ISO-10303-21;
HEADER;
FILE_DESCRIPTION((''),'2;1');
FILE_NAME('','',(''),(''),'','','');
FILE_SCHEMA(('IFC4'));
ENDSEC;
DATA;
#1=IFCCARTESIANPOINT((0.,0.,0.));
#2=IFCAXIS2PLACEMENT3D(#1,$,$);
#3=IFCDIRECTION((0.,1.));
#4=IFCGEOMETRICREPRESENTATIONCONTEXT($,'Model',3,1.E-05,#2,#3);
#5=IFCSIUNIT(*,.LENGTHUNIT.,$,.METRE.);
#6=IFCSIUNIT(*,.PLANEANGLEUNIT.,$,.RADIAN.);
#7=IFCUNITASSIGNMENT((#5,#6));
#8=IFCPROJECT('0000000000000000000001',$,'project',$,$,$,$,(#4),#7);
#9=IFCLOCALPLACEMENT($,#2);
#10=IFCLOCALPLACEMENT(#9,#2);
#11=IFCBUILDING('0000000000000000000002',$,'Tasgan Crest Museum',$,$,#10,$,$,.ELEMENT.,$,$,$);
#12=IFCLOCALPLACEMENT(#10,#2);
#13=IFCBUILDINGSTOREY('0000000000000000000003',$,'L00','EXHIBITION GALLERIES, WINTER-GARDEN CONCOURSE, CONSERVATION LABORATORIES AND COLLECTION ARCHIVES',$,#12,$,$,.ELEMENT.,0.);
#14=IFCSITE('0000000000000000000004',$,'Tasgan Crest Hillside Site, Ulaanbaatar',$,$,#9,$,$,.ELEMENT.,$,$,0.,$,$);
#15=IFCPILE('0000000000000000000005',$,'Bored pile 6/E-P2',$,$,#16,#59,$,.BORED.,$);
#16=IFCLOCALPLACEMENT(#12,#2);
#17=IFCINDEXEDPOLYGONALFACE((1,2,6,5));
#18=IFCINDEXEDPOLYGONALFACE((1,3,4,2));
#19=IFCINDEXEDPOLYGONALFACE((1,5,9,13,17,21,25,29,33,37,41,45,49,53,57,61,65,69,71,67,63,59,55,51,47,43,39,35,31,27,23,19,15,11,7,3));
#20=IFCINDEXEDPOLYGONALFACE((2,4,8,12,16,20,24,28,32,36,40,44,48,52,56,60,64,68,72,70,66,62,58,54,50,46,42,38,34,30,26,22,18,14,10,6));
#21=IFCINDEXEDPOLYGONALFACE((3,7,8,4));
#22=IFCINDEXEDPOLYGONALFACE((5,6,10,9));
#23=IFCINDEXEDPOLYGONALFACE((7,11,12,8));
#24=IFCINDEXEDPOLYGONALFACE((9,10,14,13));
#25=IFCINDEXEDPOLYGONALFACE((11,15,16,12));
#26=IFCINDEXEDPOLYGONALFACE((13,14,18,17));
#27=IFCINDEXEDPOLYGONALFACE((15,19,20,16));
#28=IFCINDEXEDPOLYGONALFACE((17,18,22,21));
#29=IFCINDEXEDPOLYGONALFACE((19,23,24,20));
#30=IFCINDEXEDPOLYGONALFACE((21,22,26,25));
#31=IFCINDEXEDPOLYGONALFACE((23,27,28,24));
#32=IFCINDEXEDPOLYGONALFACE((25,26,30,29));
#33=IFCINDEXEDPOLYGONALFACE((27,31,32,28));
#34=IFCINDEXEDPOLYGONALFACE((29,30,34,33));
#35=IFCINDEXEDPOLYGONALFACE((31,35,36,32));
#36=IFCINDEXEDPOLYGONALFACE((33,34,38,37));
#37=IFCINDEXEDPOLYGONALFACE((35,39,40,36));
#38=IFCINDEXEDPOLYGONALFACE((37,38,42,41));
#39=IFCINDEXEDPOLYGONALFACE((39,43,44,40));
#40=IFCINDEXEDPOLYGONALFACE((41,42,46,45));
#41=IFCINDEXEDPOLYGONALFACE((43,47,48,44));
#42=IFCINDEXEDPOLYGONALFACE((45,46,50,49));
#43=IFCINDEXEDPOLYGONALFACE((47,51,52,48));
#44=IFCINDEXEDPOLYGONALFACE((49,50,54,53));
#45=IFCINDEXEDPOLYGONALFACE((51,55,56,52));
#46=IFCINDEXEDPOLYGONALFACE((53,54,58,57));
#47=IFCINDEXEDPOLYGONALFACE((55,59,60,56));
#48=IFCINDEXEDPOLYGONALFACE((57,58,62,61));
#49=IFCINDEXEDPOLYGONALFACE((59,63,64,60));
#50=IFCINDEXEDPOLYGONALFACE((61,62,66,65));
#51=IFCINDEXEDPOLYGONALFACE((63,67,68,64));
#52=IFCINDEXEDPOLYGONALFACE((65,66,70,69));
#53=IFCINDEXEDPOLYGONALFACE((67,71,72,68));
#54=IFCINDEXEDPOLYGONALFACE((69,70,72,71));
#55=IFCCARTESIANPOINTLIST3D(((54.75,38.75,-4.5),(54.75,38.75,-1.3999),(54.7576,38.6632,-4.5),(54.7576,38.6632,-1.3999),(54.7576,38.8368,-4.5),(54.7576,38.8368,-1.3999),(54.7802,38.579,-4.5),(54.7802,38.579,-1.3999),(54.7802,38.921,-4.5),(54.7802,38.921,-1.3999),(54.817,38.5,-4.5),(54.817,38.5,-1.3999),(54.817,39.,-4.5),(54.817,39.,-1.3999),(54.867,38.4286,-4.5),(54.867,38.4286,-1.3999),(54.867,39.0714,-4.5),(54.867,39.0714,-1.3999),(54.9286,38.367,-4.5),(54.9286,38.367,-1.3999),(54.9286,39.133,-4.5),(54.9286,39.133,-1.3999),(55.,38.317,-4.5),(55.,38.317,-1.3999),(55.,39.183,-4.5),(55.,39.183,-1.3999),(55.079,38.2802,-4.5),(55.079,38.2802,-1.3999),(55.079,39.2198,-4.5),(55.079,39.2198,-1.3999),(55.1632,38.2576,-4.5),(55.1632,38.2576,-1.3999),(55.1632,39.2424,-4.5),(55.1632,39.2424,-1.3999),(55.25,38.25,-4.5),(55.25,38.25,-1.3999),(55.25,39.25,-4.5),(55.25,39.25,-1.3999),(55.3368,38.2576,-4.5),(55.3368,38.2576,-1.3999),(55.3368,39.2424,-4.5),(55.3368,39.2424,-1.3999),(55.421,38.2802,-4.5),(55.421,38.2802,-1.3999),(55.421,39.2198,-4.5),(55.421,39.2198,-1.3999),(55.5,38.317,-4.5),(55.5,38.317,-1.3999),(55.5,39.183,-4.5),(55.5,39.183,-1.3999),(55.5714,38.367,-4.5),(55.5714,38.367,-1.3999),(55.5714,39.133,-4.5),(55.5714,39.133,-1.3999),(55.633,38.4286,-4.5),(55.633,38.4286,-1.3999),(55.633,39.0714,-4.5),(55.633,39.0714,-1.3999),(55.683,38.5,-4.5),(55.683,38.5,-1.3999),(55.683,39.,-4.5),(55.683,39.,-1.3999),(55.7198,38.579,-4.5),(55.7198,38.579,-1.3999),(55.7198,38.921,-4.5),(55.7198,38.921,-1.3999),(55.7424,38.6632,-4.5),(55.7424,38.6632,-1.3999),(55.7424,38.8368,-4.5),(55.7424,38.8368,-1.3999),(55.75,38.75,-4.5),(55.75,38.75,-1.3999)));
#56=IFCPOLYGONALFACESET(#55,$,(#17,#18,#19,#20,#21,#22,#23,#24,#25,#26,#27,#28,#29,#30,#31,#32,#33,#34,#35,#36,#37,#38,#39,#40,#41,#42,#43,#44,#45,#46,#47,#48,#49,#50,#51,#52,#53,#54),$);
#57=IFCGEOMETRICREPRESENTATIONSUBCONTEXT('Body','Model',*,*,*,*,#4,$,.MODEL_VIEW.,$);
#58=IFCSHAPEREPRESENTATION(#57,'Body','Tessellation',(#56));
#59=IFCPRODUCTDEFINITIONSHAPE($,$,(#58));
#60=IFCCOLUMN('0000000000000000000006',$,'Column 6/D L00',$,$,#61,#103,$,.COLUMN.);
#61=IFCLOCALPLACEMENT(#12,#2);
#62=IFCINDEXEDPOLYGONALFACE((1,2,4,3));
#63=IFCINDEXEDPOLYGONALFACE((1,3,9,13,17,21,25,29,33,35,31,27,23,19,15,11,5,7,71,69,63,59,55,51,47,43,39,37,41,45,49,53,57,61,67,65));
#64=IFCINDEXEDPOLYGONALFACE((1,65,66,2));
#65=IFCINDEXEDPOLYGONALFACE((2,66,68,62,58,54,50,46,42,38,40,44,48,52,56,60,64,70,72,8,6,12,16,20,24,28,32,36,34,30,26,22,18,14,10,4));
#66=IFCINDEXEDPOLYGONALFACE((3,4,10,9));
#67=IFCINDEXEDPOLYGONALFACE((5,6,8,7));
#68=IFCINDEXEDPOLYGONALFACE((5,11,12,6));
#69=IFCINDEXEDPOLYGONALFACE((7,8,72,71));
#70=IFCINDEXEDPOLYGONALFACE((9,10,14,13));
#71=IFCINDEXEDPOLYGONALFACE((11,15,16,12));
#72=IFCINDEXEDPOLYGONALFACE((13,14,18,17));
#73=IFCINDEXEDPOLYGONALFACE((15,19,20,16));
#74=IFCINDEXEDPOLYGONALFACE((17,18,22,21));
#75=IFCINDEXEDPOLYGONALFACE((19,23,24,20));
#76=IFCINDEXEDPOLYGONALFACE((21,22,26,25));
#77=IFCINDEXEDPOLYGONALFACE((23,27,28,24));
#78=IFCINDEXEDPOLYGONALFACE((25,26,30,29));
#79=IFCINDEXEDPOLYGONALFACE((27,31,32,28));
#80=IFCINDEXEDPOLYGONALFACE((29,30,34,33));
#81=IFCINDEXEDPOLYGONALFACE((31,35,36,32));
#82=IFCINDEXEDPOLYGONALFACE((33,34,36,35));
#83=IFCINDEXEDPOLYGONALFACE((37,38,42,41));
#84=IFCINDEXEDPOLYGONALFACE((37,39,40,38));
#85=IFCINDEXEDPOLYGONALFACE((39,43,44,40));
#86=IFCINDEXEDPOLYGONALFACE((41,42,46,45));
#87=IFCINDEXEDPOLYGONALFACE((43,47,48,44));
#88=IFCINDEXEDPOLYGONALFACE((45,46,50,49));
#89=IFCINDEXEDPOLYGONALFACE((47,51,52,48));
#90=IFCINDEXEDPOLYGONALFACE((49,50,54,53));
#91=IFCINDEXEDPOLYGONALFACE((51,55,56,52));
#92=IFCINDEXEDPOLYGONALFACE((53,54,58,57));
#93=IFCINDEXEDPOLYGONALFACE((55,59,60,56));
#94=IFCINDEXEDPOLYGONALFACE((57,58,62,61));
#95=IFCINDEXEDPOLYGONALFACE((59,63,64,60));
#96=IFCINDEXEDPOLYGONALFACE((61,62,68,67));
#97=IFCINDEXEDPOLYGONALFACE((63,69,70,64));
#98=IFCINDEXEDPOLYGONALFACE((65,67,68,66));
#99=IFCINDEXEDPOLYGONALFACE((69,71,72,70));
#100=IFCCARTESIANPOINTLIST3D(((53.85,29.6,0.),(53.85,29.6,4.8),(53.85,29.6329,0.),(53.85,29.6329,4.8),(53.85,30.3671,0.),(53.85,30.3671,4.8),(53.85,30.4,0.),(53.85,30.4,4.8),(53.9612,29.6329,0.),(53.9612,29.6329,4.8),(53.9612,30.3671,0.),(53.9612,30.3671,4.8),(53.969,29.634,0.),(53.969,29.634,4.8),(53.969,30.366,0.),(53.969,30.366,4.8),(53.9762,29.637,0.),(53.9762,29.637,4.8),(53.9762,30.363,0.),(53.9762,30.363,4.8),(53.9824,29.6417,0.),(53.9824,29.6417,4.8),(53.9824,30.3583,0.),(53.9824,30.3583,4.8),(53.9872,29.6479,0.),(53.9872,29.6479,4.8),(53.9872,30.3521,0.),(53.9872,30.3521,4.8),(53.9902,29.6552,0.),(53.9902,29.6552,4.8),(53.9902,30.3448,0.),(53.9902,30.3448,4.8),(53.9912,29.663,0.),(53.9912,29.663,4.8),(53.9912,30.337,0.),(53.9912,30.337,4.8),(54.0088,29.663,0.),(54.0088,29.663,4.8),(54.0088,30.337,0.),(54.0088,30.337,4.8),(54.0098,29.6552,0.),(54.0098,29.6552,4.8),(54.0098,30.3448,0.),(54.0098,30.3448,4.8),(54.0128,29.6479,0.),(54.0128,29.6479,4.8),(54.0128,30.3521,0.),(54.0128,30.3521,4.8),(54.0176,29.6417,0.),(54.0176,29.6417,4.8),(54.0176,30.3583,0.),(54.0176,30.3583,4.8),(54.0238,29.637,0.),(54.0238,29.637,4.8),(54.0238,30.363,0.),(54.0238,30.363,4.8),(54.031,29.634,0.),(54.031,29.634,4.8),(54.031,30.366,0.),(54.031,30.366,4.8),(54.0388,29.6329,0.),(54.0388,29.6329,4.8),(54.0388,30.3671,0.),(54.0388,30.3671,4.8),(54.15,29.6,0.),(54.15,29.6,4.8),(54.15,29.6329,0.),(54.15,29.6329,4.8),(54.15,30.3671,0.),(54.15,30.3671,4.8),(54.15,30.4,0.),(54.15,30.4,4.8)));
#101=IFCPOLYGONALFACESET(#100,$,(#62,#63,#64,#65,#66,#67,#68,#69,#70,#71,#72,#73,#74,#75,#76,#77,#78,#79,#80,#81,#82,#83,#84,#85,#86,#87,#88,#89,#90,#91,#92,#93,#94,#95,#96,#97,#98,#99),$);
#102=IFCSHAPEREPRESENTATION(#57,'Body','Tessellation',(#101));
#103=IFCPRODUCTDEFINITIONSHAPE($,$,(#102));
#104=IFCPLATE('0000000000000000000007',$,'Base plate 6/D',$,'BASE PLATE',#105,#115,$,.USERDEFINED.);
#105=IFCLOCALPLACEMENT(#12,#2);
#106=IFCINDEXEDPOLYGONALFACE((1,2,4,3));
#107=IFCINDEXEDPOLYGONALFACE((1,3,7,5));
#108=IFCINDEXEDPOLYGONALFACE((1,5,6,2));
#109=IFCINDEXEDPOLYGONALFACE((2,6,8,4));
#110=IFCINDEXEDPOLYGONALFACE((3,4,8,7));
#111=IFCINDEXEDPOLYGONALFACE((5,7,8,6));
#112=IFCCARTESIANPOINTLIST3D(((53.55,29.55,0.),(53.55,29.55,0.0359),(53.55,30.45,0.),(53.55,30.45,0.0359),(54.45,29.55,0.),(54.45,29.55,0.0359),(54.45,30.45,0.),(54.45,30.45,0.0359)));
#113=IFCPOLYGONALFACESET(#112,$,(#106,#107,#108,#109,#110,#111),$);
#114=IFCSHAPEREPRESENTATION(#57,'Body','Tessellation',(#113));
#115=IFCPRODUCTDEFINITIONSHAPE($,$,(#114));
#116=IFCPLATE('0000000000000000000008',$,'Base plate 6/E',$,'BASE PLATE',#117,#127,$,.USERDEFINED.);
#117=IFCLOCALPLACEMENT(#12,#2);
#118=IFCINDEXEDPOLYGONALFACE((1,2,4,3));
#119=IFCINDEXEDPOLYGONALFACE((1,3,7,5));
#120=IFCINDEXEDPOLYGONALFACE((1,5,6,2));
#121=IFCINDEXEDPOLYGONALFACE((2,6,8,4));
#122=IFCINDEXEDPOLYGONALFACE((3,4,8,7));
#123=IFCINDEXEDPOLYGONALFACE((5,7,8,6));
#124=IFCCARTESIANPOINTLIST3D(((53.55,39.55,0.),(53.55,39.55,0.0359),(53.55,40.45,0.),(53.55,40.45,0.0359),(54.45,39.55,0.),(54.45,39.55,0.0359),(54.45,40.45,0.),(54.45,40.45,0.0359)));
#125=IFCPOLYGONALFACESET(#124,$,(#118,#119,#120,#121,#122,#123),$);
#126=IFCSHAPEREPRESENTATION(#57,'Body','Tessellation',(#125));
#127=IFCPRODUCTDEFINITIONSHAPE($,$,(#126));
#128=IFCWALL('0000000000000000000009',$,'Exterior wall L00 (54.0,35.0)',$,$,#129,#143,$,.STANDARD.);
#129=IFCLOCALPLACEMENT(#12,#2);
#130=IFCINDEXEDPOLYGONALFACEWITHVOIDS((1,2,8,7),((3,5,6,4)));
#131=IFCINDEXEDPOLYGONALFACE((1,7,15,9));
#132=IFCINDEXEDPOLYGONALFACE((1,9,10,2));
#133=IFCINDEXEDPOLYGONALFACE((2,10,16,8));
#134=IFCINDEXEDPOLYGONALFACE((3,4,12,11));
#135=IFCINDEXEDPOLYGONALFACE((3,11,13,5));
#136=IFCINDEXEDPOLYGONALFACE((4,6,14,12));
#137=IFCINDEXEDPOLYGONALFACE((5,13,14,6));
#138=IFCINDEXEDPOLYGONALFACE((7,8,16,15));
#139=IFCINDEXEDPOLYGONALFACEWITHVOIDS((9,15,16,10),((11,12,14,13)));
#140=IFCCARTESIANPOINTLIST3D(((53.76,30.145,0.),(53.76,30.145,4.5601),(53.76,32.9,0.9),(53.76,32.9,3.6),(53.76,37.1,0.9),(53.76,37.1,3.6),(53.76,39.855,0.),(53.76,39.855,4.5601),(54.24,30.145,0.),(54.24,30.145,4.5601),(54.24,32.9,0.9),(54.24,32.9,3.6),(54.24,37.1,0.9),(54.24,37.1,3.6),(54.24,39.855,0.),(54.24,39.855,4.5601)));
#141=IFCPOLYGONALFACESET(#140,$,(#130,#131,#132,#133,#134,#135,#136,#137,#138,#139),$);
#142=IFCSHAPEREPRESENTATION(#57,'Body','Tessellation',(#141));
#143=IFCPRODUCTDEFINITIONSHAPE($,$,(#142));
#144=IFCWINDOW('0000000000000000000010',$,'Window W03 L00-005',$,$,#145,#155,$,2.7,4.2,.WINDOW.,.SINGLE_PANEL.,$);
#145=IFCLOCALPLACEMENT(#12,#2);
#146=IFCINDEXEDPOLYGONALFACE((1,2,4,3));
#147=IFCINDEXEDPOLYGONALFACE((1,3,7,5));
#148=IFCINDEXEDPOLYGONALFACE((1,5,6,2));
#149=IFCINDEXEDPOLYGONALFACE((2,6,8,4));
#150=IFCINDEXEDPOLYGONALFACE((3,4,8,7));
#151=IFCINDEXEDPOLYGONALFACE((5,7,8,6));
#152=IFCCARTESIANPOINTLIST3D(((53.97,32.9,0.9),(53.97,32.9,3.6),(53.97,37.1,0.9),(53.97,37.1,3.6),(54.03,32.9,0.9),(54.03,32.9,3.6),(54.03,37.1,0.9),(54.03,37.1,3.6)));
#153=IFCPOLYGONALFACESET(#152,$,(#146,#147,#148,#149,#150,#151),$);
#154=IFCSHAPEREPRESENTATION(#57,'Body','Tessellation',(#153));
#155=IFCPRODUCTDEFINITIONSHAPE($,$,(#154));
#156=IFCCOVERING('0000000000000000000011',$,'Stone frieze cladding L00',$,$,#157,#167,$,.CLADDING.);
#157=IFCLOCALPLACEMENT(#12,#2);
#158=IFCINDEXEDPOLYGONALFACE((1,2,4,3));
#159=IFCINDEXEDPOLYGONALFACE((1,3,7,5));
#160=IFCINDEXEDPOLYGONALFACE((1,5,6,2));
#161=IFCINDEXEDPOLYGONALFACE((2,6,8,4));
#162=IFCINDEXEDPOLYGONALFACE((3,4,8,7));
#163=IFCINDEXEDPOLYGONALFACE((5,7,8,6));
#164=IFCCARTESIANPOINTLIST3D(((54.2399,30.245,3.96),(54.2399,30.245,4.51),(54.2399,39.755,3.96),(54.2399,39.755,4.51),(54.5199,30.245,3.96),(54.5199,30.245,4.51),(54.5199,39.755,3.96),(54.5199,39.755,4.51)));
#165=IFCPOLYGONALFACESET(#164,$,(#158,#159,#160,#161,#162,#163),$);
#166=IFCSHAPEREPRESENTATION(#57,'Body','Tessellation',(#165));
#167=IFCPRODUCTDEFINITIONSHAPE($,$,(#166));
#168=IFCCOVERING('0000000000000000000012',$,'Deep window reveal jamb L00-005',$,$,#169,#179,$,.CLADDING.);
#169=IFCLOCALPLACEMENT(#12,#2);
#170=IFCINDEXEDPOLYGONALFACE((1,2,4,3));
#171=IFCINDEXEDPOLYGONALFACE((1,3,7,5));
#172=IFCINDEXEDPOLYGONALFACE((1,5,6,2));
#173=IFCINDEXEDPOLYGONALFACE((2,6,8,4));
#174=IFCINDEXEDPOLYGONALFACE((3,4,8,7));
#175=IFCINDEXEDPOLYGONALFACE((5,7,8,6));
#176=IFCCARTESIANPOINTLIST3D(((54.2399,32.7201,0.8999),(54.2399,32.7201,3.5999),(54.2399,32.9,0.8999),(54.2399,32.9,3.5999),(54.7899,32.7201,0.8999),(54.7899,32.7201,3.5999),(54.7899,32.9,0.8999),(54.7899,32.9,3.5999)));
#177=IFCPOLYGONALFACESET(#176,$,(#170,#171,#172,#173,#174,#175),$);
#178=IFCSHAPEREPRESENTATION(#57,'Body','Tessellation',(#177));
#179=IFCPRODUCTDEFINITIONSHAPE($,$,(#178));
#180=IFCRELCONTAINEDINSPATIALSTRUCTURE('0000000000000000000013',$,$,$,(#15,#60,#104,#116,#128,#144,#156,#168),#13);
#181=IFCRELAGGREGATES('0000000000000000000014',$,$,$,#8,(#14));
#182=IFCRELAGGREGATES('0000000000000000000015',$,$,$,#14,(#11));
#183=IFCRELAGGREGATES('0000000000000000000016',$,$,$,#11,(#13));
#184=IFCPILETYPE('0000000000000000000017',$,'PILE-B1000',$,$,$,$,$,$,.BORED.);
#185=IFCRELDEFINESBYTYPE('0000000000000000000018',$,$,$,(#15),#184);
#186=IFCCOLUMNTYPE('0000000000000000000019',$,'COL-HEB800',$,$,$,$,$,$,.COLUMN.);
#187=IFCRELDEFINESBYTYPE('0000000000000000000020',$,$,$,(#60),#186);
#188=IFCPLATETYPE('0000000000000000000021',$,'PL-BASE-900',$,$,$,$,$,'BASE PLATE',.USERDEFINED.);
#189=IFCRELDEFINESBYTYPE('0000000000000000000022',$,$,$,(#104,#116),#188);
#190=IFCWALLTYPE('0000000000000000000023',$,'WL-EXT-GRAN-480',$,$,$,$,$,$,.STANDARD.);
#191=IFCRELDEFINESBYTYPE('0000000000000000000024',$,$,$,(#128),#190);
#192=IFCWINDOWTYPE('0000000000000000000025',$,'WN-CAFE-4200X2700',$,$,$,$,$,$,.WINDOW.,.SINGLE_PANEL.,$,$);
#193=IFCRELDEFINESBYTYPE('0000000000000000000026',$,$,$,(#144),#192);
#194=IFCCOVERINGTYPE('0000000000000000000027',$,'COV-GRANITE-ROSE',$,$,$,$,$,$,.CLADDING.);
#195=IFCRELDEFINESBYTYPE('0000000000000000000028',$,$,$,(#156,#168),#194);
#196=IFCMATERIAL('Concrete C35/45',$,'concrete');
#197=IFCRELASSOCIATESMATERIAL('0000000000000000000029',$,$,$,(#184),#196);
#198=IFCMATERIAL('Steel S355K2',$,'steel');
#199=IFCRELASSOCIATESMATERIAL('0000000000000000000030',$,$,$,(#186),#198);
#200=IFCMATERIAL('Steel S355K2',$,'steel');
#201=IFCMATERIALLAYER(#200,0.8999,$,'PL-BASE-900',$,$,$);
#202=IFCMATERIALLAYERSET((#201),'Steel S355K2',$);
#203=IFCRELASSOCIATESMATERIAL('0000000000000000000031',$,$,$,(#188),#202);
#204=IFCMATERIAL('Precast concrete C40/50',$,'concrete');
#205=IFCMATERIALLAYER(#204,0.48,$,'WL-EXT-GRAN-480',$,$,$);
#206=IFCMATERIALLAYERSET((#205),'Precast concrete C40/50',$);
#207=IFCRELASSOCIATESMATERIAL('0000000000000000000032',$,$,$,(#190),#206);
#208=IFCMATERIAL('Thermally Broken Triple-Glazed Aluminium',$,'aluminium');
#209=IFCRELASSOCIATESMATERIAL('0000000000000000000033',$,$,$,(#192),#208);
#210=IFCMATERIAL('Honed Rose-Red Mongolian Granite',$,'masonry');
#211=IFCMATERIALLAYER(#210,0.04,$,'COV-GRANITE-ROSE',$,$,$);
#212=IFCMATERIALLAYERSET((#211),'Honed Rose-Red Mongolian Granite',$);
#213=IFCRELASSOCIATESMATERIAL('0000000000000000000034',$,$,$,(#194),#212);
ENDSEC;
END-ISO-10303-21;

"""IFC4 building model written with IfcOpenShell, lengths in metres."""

from ifc_helpers import new_model, si_unit, direction, frame, frame_2d, origin, origin_2d, place, context, subcontext, project, spatial, rectangle, circle, i_section, extrude, material, layer, layer_set, material_profile, profile_set, type_object, element, fill, save


model = new_model("IFC4")

# Units and contexts
model_context = context("Model", 3, precision=1e-05, world=origin(), true_north=direction((0.0, 1.0)))
body_context = subcontext(model_context, "Body", "Model", "MODEL_VIEW")
ifc_project = project(units=[si_unit("LENGTHUNIT", "METRE"), si_unit("PLANEANGLEUNIT", "RADIAN")], contexts=[model_context])

# Site, building, storey
site_placement = place(None, origin())
site = spatial("IfcSite", under=ifc_project, at=site_placement, Name="Tasgan Crest Hillside Site, Ulaanbaatar", CompositionType="ELEMENT", RefElevation=0.0)
building_placement = place(site_placement, origin())
building = spatial("IfcBuilding", under=site, at=building_placement, Name="Tasgan Crest Museum", CompositionType="ELEMENT")
storey_placement = place(building_placement, origin())
storey = spatial("IfcBuildingStorey", under=building, at=storey_placement, Name="L00", Description="EXHIBITION GALLERIES, WINTER-GARDEN CONCOURSE, CONSERVATION LABORATORIES AND COLLECTION ARCHIVES", CompositionType="ELEMENT", Elevation=0.0)

# Pile
ifc_material_1 = material(Name="Concrete C35/45", Category="concrete")
ifc_material_profile_1 = material_profile(ifc_material_1, circle(Radius=0.5, at=origin_2d()), Name="PILE D1000")
ifc_profile_set_1 = profile_set([ifc_material_profile_1], Name="Concrete C35/45")
pile_type = type_object("IfcPileType", Name="PILE-B1000", PredefinedType="BORED", material=ifc_profile_set_1)
for number, where, z_axis, x_axis, name in (
    (1, (55.25, 38.75, -1.3999), (0.0, 0.0, -1.0), (1.0, 0.0, 0.0), "Bored pile 6/E-P2"),
):
    element("IfcPile", number, at=place(storey_placement, frame(where, z_axis=z_axis, x_axis=x_axis)), inside=storey, type_object=pile_type, Name=name, PredefinedType="BORED", context=body_context, shape_type="SweptSolid", body=[
        extrude(circle(Radius=0.5, at=origin_2d()), origin(), (0.0, 0.0, 1.0), 3.1001),
    ])

# Column
ifc_material_2 = material(Name="Steel S355K2", Category="steel")
ifc_material_profile_2 = material_profile(ifc_material_2, i_section(OverallWidth=0.3, OverallDepth=0.8, WebThickness=0.0176, FlangeThickness=0.033, FilletRadius=0.03, at=origin_2d()), Name="HEB 800")
ifc_profile_set_2 = profile_set([ifc_material_profile_2], Name="Steel S355K2")
column_type = type_object("IfcColumnType", Name="COL-HEB800", PredefinedType="COLUMN", material=ifc_profile_set_2)
column_placement = place(storey_placement, frame((54.0, 30.0, 0.0), z_axis=(0.0, 0.0, 1.0), x_axis=(1.0, 0.0, 0.0)))
element("IfcColumn", 2, at=column_placement, inside=storey, type_object=column_type, Name="Column 6/D L00", PredefinedType="COLUMN", context=body_context, shape_type="SweptSolid", body=[
    extrude(i_section(OverallWidth=0.3, OverallDepth=0.8, WebThickness=0.0176, FlangeThickness=0.033, FilletRadius=0.03, at=origin_2d()), origin(), (0.0, 0.0, 1.0), 4.8),
])

# Plates
ifc_material_3 = material(Name="Steel S355K2", Category="steel")
ifc_layer_1 = layer(ifc_material_3, 0.8999, Name="PL-BASE-900")
ifc_layer_set_1 = layer_set([ifc_layer_1], Name="Steel S355K2")
plate_type = type_object("IfcPlateType", Name="PL-BASE-900", ElementType="BASE PLATE", PredefinedType="USERDEFINED", material=ifc_layer_set_1)
for number, where, z_axis, x_axis, name in (
    (3, (54.0, 30.0, 0.0), (0.0, 0.0, 1.0), (1.0, 0.0, 0.0), "Base plate 6/D"),
    (4, (54.0, 40.0, 0.0), (0.0, 0.0, 1.0), (1.0, 0.0, 0.0), "Base plate 6/E"),
):
    element("IfcPlate", number, at=place(storey_placement, frame(where, z_axis=z_axis, x_axis=x_axis)), inside=storey, type_object=plate_type, Name=name, ObjectType="BASE PLATE", PredefinedType="USERDEFINED", context=body_context, shape_type="SweptSolid", body=[
        extrude(rectangle(XDim=0.8999, YDim=0.8999, at=origin_2d()), origin(), (0.0, 0.0, 1.0), 0.0359),
    ])

# Wall, opening, window
ifc_material_4 = material(Name="Precast concrete C40/50", Category="concrete")
ifc_layer_2 = layer(ifc_material_4, 0.48, Name="WL-EXT-GRAN-480")
ifc_layer_set_2 = layer_set([ifc_layer_2], Name="Precast concrete C40/50")
wall_type_1 = type_object("IfcWallType", Name="WL-EXT-GRAN-480", PredefinedType="STANDARD", material=ifc_layer_set_2)
wall_1_placement = place(storey_placement, frame((54.0, 30.145, 0.0), z_axis=(0.0, 0.0, 1.0), x_axis=(0.0, 1.0, 0.0)))
wall_1 = element("IfcWall", 5, at=wall_1_placement, inside=storey, type_object=wall_type_1, Name="Exterior wall L00 (54.0,35.0)", PredefinedType="STANDARD", context=body_context, shape_type="SweptSolid", body=[
    extrude(rectangle(XDim=9.71, YDim=0.48, at=frame_2d((4.855, 0.0))), origin(), (0.0, 0.0, 1.0), 4.5601),
])
opening_1_placement = place(wall_1_placement, frame((2.7549, 0.0, 0.8999)))
opening_1 = element("IfcOpeningElement", 6, at=opening_1_placement, cuts=wall_1, PredefinedType="OPENING", context=body_context, shape_type="SweptSolid", body=[
    extrude(rectangle(XDim=4.2, YDim=2.7, at=frame_2d((2.1001, 1.3501))), frame((0.0, 0.25, 0.0), z_axis=(0.0, -1.0, 0.0), x_axis=(1.0, 0.0, 0.0)), (0.0, 0.0, 1.0), 0.5),
])
ifc_material_5 = material(Name="Thermally Broken Triple-Glazed Aluminium", Category="aluminium")
window_type = type_object("IfcWindowType", Name="WN-CAFE-4200X2700", PartitioningType="SINGLE_PANEL", PredefinedType="WINDOW", material=ifc_material_5)
window_placement = place(opening_1_placement, origin())
window = element("IfcWindow", 7, at=window_placement, inside=storey, type_object=window_type, Name="Window W03 L00-005", OverallHeight=2.7, OverallWidth=4.2, PartitioningType="SINGLE_PANEL", PredefinedType="WINDOW", context=body_context, shape_type="SweptSolid", body=[
    extrude(rectangle(XDim=4.2, YDim=2.7, at=frame_2d((2.1001, 1.3501))), frame((0.0, 0.03, 0.0), z_axis=(0.0, -1.0, 0.0), x_axis=(1.0, 0.0, 0.0)), (0.0, 0.0, 1.0), 0.0601),
])
fill(opening_1, window)

# Coverings
ifc_material_6 = material(Name="Honed Rose-Red Mongolian Granite", Category="masonry")
ifc_layer_3 = layer(ifc_material_6, 0.04, Name="COV-GRANITE-ROSE")
ifc_layer_set_3 = layer_set([ifc_layer_3], Name="Honed Rose-Red Mongolian Granite")
covering_type_1 = type_object("IfcCoveringType", Name="COV-GRANITE-ROSE", PredefinedType="CLADDING", material=ifc_layer_set_3)
covering_1_placement = place(storey_placement, frame((54.3799, 35.0, 3.96), z_axis=(0.0, 0.0, 1.0), x_axis=(0.0, 1.0, 0.0)))
element("IfcCovering", 8, at=covering_1_placement, inside=storey, type_object=covering_type_1, Name="Stone frieze cladding L00", PredefinedType="CLADDING", context=body_context, shape_type="SweptSolid", body=[
    extrude(rectangle(XDim=9.51, YDim=0.28, at=origin_2d()), origin(), (0.0, 0.0, 1.0), 0.55),
])
for number, where, z_axis, x_axis, name in (
    (9, (54.5149, 32.8101, 0.8999), (0.0, 0.0, 1.0), (0.0, 1.0, 0.0), "Deep window reveal jamb L00-005"),
):
    element("IfcCovering", number, at=place(storey_placement, frame(where, z_axis=z_axis, x_axis=x_axis)), inside=storey, type_object=covering_type_1, Name=name, PredefinedType="CLADDING", context=body_context, shape_type="SweptSolid", body=[
        extrude(rectangle(XDim=0.1799, YDim=0.55, at=origin_2d()), origin(), (0.0, 0.0, 1.0), 2.7),
    ])

save(model, "model.ifc")
